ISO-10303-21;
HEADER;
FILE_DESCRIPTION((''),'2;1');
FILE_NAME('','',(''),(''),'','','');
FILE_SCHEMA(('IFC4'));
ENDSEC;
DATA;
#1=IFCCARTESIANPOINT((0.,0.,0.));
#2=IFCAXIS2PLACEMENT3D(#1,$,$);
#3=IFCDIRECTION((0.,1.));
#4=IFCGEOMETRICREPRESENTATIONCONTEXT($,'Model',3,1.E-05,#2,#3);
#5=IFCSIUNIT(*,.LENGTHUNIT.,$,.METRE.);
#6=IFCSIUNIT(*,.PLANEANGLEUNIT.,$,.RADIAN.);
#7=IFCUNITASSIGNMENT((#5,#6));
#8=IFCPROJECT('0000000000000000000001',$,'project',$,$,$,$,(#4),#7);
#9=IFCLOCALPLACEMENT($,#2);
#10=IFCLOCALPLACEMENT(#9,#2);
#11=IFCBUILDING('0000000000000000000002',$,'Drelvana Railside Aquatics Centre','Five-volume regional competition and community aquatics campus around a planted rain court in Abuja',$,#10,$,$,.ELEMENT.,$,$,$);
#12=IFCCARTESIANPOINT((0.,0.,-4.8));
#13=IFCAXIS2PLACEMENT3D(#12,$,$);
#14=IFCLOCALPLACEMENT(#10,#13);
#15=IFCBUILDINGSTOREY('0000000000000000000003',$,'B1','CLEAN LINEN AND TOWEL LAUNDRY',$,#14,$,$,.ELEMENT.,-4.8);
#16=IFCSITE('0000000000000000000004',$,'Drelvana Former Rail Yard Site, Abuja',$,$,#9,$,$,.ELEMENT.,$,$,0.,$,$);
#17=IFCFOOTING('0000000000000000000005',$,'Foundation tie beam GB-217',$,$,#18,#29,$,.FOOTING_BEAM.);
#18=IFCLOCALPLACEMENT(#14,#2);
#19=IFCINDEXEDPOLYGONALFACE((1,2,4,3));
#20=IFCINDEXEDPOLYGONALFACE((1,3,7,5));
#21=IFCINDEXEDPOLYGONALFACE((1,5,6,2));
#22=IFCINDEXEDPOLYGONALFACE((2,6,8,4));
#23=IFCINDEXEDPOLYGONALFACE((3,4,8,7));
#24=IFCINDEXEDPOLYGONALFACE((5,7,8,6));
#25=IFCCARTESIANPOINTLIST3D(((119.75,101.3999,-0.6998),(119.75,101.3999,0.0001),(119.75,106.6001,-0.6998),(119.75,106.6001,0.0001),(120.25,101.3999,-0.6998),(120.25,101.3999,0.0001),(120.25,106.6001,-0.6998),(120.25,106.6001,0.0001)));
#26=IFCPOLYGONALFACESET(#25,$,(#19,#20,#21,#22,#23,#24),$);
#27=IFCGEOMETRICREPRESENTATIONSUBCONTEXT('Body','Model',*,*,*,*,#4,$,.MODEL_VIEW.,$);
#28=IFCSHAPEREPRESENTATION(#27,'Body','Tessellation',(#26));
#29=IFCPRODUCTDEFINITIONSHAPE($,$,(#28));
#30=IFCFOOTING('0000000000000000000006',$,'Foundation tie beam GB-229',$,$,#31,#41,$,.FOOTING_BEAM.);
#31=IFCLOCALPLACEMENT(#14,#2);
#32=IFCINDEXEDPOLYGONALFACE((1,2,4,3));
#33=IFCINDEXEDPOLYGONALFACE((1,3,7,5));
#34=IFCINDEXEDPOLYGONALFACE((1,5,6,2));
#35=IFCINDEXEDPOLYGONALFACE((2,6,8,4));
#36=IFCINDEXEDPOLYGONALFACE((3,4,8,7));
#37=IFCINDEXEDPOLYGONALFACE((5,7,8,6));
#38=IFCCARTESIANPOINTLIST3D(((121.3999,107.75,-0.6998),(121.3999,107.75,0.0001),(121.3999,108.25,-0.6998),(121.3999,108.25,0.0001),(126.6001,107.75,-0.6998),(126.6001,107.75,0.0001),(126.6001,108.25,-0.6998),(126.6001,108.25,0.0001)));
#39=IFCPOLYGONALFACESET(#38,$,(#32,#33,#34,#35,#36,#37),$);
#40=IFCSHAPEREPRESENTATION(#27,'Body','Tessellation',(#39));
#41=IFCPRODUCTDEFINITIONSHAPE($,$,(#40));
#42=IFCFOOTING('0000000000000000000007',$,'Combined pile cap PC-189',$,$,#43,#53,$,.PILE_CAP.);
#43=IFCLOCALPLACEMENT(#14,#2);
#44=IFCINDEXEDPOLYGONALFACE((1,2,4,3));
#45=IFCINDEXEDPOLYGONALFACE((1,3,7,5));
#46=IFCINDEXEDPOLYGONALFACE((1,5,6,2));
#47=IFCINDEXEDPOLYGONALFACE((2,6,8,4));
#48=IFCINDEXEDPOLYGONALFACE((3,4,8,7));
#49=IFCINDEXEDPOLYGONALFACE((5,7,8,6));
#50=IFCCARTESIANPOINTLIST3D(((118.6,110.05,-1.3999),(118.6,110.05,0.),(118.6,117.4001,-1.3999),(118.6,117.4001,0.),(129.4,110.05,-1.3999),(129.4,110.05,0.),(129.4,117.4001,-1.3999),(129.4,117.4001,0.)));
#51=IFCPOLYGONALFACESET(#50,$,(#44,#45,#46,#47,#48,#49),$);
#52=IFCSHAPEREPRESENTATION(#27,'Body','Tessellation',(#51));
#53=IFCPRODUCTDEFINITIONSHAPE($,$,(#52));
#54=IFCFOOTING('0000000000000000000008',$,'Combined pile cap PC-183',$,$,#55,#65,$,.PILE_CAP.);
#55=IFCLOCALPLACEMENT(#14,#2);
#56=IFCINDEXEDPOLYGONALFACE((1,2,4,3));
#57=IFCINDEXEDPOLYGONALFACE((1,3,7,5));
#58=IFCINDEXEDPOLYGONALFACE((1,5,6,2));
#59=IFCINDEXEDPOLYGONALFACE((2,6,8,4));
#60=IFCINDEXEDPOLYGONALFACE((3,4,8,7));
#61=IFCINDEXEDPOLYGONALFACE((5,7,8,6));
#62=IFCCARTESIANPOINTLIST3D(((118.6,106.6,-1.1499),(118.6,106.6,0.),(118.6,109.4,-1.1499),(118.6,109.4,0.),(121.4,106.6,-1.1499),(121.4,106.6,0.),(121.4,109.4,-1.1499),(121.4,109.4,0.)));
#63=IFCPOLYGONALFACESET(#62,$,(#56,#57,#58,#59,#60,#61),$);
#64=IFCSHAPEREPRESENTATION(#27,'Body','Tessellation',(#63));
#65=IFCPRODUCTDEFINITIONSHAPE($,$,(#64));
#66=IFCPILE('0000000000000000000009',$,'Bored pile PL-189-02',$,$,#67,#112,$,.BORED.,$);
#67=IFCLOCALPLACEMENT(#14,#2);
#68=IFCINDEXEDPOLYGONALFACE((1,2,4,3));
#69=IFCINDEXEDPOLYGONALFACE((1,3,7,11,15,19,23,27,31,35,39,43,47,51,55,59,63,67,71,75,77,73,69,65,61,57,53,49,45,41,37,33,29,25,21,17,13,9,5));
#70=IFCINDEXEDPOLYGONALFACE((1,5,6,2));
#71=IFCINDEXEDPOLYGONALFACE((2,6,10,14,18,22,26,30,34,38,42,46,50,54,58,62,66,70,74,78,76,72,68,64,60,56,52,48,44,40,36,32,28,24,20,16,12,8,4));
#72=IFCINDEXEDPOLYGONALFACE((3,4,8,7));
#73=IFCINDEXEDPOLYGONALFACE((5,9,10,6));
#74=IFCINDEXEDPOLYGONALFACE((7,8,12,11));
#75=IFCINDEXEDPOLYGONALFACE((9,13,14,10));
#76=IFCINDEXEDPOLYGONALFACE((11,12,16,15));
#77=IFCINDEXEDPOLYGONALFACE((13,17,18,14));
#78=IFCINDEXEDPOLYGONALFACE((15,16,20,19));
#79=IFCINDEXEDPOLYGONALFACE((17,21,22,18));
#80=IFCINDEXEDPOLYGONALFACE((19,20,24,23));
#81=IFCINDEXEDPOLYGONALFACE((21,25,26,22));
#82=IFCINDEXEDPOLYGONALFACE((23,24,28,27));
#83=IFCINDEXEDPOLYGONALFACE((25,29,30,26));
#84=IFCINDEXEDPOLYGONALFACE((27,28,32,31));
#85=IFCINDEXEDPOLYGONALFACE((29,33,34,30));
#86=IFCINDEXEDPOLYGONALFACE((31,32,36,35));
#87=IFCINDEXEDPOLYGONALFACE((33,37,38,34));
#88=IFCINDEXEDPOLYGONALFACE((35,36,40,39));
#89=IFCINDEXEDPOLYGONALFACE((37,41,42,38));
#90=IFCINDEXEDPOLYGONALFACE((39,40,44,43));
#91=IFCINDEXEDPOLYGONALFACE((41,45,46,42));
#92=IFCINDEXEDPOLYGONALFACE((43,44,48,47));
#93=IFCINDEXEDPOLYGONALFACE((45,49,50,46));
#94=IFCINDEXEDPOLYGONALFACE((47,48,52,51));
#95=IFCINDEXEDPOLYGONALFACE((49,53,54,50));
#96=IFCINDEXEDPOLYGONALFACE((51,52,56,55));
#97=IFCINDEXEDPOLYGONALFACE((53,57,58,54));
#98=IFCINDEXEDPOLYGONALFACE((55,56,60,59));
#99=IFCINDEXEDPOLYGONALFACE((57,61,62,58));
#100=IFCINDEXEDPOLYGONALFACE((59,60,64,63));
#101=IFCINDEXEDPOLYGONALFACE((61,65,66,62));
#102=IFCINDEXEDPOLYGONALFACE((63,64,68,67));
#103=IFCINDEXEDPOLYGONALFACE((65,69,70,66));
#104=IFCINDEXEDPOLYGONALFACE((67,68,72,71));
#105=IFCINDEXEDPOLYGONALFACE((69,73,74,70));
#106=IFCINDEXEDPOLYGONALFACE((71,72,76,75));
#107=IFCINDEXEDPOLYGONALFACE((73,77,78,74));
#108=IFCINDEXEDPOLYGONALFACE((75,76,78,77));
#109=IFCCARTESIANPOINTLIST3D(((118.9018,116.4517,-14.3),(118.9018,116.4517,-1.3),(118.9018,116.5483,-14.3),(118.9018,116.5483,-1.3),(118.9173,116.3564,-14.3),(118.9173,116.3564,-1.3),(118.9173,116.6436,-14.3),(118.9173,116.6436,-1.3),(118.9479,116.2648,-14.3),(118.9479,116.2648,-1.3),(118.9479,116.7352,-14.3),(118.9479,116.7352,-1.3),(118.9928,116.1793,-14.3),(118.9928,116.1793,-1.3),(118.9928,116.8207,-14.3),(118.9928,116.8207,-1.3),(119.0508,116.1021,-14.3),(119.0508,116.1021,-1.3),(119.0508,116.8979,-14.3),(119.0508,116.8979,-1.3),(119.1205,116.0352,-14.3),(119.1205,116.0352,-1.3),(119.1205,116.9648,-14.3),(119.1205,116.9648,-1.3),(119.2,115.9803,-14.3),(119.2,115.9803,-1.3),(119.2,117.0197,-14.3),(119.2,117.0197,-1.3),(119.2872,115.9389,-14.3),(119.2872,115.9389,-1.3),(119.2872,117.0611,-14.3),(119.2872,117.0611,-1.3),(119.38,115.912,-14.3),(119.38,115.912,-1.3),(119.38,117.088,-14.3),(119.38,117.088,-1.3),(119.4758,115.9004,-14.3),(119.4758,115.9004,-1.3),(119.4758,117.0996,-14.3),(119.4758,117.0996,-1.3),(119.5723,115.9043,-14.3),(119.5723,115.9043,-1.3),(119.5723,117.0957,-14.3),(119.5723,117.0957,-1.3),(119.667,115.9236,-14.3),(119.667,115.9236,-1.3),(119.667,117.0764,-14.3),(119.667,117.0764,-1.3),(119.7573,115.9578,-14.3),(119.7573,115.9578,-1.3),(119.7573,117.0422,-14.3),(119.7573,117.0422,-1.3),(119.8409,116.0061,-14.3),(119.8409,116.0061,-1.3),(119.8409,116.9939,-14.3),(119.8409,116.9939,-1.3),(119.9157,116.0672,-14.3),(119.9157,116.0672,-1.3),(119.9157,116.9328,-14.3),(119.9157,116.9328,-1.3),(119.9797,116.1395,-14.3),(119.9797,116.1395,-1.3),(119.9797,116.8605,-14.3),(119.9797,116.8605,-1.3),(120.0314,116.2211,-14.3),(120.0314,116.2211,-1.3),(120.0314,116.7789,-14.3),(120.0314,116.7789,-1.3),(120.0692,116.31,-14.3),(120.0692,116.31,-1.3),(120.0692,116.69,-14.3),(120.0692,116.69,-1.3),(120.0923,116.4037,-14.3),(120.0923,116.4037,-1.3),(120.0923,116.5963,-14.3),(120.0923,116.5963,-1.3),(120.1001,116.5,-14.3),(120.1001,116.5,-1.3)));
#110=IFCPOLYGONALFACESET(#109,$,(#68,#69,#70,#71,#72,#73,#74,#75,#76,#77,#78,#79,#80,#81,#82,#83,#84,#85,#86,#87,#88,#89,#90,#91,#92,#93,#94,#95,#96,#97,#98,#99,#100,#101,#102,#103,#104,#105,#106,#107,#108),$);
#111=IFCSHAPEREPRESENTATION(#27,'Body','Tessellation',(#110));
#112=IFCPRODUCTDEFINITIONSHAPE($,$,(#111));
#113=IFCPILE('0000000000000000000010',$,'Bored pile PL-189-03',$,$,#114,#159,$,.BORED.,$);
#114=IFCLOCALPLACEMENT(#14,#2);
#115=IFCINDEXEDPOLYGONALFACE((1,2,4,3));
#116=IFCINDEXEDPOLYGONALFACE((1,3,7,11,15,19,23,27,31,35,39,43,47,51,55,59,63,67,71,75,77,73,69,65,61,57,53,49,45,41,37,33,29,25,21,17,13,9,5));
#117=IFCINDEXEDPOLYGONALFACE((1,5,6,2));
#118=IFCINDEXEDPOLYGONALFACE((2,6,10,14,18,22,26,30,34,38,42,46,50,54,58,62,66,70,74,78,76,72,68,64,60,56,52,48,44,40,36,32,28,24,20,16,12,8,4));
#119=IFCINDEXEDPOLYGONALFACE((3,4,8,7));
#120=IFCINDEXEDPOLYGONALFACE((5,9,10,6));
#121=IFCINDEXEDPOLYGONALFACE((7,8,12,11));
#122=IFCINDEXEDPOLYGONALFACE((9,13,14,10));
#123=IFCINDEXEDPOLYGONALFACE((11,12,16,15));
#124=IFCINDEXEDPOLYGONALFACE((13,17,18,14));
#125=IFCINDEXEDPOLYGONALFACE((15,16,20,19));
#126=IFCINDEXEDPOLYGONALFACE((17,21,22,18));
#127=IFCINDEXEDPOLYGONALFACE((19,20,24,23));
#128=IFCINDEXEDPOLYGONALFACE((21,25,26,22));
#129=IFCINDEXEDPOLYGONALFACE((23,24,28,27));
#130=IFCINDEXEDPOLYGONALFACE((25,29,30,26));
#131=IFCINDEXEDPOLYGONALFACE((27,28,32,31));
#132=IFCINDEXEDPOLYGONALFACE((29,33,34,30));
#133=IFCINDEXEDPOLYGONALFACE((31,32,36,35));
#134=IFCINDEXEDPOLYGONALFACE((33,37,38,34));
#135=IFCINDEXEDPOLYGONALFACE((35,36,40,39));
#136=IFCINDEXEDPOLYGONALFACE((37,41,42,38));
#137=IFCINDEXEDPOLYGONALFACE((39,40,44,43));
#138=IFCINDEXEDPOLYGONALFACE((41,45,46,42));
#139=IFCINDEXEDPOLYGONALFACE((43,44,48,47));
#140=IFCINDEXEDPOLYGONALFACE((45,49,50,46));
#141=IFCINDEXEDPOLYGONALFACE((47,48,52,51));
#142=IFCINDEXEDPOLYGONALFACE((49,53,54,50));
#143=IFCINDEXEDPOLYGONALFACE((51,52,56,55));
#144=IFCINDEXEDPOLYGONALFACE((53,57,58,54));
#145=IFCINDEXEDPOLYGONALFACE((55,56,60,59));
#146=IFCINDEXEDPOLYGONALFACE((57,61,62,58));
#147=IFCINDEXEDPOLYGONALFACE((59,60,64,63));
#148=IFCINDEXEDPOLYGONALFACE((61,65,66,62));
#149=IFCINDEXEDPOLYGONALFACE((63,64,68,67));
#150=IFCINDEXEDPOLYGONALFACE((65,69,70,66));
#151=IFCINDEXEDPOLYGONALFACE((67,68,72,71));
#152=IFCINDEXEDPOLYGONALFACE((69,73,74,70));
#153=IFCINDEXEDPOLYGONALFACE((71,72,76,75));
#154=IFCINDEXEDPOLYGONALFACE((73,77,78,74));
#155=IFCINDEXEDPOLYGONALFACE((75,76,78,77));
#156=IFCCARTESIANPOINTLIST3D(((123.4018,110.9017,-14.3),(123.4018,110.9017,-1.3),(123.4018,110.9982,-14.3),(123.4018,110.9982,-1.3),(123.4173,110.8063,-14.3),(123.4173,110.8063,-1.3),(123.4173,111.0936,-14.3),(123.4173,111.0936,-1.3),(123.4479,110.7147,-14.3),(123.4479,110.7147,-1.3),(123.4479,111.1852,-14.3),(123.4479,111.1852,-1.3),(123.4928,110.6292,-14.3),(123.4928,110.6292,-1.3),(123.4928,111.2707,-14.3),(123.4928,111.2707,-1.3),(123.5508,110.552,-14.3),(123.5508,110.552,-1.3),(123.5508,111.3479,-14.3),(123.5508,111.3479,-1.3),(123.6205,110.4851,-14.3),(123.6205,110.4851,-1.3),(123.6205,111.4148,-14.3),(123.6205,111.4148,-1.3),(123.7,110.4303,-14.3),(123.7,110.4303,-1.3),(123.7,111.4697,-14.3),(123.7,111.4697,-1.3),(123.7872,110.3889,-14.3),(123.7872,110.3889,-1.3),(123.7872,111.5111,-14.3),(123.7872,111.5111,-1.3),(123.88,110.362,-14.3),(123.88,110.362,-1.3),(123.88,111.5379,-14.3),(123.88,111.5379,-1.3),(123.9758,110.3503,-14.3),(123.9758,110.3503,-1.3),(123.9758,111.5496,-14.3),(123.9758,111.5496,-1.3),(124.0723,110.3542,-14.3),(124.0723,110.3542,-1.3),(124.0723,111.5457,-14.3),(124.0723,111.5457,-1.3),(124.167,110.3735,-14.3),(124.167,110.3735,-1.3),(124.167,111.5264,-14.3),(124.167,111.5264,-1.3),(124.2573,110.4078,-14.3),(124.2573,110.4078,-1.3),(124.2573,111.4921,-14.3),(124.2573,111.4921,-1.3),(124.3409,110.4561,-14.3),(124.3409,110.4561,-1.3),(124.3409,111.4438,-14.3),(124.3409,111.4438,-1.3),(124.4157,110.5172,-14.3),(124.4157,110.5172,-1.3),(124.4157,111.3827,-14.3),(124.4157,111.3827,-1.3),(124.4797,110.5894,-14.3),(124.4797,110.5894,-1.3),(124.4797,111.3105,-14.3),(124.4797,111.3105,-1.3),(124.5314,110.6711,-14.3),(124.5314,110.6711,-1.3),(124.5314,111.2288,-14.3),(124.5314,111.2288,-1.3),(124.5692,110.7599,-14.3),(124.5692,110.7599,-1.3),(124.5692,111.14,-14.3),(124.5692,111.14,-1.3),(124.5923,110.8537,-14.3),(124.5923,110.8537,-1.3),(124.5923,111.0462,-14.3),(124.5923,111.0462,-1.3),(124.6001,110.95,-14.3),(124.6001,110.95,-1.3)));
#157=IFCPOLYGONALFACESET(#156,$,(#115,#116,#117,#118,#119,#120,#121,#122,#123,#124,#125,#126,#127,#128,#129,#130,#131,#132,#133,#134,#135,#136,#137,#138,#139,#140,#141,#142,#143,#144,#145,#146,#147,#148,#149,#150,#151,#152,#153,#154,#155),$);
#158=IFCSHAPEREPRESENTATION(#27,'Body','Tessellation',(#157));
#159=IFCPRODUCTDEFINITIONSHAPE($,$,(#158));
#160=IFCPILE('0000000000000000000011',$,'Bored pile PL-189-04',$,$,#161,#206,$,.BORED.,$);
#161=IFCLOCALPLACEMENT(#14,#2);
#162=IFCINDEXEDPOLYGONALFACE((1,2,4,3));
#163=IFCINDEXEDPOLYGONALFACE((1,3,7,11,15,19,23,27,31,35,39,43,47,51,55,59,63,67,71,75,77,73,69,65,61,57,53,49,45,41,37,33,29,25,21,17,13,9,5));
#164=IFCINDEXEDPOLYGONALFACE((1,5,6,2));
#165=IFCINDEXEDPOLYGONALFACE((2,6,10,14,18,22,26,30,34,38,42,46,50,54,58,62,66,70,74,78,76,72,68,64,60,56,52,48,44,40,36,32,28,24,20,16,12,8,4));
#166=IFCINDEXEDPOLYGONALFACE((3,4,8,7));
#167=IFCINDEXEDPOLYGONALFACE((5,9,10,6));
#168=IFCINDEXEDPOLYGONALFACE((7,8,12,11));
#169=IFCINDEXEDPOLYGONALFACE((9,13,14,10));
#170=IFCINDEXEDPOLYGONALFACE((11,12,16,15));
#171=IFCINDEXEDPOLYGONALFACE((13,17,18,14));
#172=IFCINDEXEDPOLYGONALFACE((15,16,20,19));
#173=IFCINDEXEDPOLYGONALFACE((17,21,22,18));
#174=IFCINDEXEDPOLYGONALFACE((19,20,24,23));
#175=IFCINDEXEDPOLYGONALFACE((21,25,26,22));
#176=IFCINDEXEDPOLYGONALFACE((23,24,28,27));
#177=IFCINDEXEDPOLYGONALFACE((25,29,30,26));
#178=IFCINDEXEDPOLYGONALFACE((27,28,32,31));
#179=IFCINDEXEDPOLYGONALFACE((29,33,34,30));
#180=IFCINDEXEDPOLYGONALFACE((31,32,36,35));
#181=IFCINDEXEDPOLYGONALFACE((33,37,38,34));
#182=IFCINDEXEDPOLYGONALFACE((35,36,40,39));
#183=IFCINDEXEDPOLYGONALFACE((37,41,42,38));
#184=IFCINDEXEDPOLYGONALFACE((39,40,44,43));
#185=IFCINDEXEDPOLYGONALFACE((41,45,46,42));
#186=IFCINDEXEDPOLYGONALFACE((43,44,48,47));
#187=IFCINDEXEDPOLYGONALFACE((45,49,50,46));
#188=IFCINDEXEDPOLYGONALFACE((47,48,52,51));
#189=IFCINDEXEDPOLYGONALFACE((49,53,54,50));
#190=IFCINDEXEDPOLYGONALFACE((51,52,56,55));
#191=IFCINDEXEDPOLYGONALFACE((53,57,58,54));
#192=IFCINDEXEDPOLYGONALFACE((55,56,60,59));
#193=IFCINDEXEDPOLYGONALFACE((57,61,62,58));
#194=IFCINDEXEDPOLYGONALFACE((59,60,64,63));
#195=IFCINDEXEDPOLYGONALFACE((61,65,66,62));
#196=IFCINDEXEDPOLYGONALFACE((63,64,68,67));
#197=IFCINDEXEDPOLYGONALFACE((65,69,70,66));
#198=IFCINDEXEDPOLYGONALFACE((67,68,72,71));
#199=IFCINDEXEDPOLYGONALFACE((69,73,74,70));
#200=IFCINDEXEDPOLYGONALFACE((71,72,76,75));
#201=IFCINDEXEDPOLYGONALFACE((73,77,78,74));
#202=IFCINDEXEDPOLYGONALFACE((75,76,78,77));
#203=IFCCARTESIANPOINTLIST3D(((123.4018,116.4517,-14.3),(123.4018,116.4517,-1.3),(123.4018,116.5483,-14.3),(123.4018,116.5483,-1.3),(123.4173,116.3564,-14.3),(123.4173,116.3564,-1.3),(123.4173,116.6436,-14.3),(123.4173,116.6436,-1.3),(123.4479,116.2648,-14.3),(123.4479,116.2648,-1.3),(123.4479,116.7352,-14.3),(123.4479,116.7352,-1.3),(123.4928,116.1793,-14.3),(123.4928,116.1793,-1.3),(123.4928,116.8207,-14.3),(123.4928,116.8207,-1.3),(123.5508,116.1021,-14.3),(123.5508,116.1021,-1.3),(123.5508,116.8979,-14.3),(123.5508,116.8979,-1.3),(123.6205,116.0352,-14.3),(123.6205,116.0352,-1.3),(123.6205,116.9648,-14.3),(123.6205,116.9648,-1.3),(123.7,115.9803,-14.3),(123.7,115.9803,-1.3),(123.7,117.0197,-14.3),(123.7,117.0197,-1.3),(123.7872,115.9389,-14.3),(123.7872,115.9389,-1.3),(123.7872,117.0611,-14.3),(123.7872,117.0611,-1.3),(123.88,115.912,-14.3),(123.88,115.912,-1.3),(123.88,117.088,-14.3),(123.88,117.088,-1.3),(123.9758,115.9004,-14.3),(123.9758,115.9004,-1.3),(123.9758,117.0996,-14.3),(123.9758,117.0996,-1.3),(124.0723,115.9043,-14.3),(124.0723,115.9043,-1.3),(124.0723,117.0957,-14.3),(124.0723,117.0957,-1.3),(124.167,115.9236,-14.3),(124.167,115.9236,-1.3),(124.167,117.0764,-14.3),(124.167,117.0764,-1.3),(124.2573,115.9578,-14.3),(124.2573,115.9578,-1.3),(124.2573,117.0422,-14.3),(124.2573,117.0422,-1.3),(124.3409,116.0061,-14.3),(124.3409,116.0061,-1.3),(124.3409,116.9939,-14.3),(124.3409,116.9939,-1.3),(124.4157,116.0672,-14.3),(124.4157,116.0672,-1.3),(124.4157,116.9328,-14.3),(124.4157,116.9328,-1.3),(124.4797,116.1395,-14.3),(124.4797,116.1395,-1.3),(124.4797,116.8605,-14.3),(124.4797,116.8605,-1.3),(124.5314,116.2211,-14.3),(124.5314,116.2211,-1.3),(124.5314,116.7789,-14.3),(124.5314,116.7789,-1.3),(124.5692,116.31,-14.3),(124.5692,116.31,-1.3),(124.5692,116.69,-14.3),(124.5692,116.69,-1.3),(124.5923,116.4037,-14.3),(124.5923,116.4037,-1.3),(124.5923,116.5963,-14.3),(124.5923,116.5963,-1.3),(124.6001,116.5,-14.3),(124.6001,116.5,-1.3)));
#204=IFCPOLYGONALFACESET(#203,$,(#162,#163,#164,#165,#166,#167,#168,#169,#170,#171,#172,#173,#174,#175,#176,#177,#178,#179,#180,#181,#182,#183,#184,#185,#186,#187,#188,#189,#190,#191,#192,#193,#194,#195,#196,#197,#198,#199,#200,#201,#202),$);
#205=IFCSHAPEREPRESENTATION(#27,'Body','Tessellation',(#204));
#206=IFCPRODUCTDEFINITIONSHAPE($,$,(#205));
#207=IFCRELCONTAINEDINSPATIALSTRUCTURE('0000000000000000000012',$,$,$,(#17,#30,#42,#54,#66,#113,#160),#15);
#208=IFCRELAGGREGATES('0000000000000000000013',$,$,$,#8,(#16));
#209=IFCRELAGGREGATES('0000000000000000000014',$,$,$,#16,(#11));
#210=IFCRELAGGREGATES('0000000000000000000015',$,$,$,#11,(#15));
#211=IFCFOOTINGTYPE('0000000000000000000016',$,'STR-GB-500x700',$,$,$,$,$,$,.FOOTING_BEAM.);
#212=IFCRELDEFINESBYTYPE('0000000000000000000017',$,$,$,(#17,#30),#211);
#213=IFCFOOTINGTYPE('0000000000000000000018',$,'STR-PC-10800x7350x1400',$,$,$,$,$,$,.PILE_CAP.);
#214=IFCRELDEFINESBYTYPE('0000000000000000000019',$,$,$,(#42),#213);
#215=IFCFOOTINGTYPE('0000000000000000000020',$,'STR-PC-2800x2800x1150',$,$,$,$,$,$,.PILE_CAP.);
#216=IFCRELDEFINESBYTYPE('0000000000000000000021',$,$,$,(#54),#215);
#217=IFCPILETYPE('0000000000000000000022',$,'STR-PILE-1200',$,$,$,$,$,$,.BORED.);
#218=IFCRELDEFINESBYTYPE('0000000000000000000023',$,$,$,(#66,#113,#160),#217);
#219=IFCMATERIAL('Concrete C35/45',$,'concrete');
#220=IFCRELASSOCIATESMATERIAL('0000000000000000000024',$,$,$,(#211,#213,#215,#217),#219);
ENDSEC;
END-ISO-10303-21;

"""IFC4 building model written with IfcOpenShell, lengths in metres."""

from ifc_helpers import new_model, si_unit, direction, frame, origin, origin_2d, place, context, subcontext, project, spatial, rectangle, circle, extrude, material, material_profile, profile_set, type_object, element, save


model = new_model("IFC4")

# Units and contexts
model_context = context("Model", 3, precision=1e-05, world=origin(), true_north=direction((0.0, 1.0)))
body_context = subcontext(model_context, "Body", "Model", "MODEL_VIEW")
ifc_project = project(units=[si_unit("LENGTHUNIT", "METRE"), si_unit("PLANEANGLEUNIT", "RADIAN")], contexts=[model_context])

# Site, building, storey
site_placement = place(None, origin())
site = spatial("IfcSite", under=ifc_project, at=site_placement, Name="Drelvana Former Rail Yard Site, Abuja", CompositionType="ELEMENT", RefElevation=0.0)
building_placement = place(site_placement, origin())
building = spatial("IfcBuilding", under=site, at=building_placement, Name="Drelvana Railside Aquatics Centre", Description="Five-volume regional competition and community aquatics campus around a planted rain court in Abuja", CompositionType="ELEMENT")
storey_placement = place(building_placement, frame((0.0, 0.0, -4.8)))
storey = spatial("IfcBuildingStorey", under=building, at=storey_placement, Name="B1", Description="CLEAN LINEN AND TOWEL LAUNDRY", CompositionType="ELEMENT", Elevation=-4.8)

# Footings
ifc_material_1 = material(Name="Concrete C35/45", Category="concrete")
ifc_material_profile_1 = material_profile(ifc_material_1, rectangle(XDim=0.5, YDim=0.7, at=origin_2d()), Name="GB 500x700")
ifc_profile_set_1 = profile_set([ifc_material_profile_1], Name="Concrete C35/45")
footing_type_1 = type_object("IfcFootingType", Name="STR-GB-500x700", PredefinedType="FOOTING_BEAM", material=ifc_profile_set_1)
for number, where, z_axis, x_axis, name in (
    (1, (120.0, 101.3999, -0.3499), (0.0, 1.0, 0.0), (-1.0, 0.0, 0.0), "Foundation tie beam GB-217"),
    (2, (121.3999, 108.0, -0.3499), (1.0, 0.0, 0.0), (0.0, 1.0, 0.0), "Foundation tie beam GB-229"),
):
    element("IfcFooting", number, at=place(storey_placement, frame(where, z_axis=z_axis, x_axis=x_axis)), inside=storey, type_object=footing_type_1, Name=name, PredefinedType="FOOTING_BEAM", context=body_context, shape_type="SweptSolid", body=[
        extrude(rectangle(XDim=0.5, YDim=0.7, at=origin_2d()), origin(), (0.0, 0.0, 1.0), 5.2002),
    ])
footing_type_2 = type_object("IfcFootingType", Name="STR-PC-10800x7350x1400", PredefinedType="PILE_CAP", material=ifc_material_1)
footing_1_placement = place(storey_placement, frame((124.0, 113.7251, -1.3999), z_axis=(0.0, 0.0, 1.0), x_axis=(1.0, 0.0, 0.0)))
element("IfcFooting", 3, at=footing_1_placement, inside=storey, type_object=footing_type_2, Name="Combined pile cap PC-189", PredefinedType="PILE_CAP", context=body_context, shape_type="SweptSolid", body=[
    extrude(rectangle(XDim=10.8, YDim=7.3501, at=origin_2d()), origin(), (0.0, 0.0, 1.0), 1.3999),
])
footing_type_3 = type_object("IfcFootingType", Name="STR-PC-2800x2800x1150", PredefinedType="PILE_CAP", material=ifc_material_1)
footing_2_placement = place(storey_placement, frame((120.0, 108.0, -1.1499), z_axis=(0.0, 0.0, 1.0), x_axis=(1.0, 0.0, 0.0)))
element("IfcFooting", 4, at=footing_2_placement, inside=storey, type_object=footing_type_3, Name="Combined pile cap PC-183", PredefinedType="PILE_CAP", context=body_context, shape_type="SweptSolid", body=[
    extrude(rectangle(XDim=2.8, YDim=2.8, at=origin_2d()), origin(), (0.0, 0.0, 1.0), 1.1499),
])

# Piles
ifc_material_profile_2 = material_profile(ifc_material_1, circle(Radius=0.6001, at=origin_2d()), Name="PILE D1200")
ifc_profile_set_2 = profile_set([ifc_material_profile_2], Name="Concrete C35/45")
pile_type_1 = type_object("IfcPileType", Name="STR-PILE-1200", PredefinedType="BORED", material=ifc_profile_set_2)
for number, where, z_axis, x_axis, name in (
    (5, (119.5, 116.5, -1.3), (0.0, 0.0, -1.0), (1.0, 0.0, 0.0), "Bored pile PL-189-02"),
    (6, (124.0, 110.95, -1.3), (0.0, 0.0, -1.0), (1.0, 0.0, 0.0), "Bored pile PL-189-03"),
    (7, (124.0, 116.5, -1.3), (0.0, 0.0, -1.0), (1.0, 0.0, 0.0), "Bored pile PL-189-04"),
):
    element("IfcPile", number, at=place(storey_placement, frame(where, z_axis=z_axis, x_axis=x_axis)), inside=storey, type_object=pile_type_1, Name=name, PredefinedType="BORED", context=body_context, shape_type="SweptSolid", body=[
        extrude(circle(Radius=0.6001, at=origin_2d()), origin(), (0.0, 0.0, 1.0), 13.0),
    ])

save(model, "model.ifc")
